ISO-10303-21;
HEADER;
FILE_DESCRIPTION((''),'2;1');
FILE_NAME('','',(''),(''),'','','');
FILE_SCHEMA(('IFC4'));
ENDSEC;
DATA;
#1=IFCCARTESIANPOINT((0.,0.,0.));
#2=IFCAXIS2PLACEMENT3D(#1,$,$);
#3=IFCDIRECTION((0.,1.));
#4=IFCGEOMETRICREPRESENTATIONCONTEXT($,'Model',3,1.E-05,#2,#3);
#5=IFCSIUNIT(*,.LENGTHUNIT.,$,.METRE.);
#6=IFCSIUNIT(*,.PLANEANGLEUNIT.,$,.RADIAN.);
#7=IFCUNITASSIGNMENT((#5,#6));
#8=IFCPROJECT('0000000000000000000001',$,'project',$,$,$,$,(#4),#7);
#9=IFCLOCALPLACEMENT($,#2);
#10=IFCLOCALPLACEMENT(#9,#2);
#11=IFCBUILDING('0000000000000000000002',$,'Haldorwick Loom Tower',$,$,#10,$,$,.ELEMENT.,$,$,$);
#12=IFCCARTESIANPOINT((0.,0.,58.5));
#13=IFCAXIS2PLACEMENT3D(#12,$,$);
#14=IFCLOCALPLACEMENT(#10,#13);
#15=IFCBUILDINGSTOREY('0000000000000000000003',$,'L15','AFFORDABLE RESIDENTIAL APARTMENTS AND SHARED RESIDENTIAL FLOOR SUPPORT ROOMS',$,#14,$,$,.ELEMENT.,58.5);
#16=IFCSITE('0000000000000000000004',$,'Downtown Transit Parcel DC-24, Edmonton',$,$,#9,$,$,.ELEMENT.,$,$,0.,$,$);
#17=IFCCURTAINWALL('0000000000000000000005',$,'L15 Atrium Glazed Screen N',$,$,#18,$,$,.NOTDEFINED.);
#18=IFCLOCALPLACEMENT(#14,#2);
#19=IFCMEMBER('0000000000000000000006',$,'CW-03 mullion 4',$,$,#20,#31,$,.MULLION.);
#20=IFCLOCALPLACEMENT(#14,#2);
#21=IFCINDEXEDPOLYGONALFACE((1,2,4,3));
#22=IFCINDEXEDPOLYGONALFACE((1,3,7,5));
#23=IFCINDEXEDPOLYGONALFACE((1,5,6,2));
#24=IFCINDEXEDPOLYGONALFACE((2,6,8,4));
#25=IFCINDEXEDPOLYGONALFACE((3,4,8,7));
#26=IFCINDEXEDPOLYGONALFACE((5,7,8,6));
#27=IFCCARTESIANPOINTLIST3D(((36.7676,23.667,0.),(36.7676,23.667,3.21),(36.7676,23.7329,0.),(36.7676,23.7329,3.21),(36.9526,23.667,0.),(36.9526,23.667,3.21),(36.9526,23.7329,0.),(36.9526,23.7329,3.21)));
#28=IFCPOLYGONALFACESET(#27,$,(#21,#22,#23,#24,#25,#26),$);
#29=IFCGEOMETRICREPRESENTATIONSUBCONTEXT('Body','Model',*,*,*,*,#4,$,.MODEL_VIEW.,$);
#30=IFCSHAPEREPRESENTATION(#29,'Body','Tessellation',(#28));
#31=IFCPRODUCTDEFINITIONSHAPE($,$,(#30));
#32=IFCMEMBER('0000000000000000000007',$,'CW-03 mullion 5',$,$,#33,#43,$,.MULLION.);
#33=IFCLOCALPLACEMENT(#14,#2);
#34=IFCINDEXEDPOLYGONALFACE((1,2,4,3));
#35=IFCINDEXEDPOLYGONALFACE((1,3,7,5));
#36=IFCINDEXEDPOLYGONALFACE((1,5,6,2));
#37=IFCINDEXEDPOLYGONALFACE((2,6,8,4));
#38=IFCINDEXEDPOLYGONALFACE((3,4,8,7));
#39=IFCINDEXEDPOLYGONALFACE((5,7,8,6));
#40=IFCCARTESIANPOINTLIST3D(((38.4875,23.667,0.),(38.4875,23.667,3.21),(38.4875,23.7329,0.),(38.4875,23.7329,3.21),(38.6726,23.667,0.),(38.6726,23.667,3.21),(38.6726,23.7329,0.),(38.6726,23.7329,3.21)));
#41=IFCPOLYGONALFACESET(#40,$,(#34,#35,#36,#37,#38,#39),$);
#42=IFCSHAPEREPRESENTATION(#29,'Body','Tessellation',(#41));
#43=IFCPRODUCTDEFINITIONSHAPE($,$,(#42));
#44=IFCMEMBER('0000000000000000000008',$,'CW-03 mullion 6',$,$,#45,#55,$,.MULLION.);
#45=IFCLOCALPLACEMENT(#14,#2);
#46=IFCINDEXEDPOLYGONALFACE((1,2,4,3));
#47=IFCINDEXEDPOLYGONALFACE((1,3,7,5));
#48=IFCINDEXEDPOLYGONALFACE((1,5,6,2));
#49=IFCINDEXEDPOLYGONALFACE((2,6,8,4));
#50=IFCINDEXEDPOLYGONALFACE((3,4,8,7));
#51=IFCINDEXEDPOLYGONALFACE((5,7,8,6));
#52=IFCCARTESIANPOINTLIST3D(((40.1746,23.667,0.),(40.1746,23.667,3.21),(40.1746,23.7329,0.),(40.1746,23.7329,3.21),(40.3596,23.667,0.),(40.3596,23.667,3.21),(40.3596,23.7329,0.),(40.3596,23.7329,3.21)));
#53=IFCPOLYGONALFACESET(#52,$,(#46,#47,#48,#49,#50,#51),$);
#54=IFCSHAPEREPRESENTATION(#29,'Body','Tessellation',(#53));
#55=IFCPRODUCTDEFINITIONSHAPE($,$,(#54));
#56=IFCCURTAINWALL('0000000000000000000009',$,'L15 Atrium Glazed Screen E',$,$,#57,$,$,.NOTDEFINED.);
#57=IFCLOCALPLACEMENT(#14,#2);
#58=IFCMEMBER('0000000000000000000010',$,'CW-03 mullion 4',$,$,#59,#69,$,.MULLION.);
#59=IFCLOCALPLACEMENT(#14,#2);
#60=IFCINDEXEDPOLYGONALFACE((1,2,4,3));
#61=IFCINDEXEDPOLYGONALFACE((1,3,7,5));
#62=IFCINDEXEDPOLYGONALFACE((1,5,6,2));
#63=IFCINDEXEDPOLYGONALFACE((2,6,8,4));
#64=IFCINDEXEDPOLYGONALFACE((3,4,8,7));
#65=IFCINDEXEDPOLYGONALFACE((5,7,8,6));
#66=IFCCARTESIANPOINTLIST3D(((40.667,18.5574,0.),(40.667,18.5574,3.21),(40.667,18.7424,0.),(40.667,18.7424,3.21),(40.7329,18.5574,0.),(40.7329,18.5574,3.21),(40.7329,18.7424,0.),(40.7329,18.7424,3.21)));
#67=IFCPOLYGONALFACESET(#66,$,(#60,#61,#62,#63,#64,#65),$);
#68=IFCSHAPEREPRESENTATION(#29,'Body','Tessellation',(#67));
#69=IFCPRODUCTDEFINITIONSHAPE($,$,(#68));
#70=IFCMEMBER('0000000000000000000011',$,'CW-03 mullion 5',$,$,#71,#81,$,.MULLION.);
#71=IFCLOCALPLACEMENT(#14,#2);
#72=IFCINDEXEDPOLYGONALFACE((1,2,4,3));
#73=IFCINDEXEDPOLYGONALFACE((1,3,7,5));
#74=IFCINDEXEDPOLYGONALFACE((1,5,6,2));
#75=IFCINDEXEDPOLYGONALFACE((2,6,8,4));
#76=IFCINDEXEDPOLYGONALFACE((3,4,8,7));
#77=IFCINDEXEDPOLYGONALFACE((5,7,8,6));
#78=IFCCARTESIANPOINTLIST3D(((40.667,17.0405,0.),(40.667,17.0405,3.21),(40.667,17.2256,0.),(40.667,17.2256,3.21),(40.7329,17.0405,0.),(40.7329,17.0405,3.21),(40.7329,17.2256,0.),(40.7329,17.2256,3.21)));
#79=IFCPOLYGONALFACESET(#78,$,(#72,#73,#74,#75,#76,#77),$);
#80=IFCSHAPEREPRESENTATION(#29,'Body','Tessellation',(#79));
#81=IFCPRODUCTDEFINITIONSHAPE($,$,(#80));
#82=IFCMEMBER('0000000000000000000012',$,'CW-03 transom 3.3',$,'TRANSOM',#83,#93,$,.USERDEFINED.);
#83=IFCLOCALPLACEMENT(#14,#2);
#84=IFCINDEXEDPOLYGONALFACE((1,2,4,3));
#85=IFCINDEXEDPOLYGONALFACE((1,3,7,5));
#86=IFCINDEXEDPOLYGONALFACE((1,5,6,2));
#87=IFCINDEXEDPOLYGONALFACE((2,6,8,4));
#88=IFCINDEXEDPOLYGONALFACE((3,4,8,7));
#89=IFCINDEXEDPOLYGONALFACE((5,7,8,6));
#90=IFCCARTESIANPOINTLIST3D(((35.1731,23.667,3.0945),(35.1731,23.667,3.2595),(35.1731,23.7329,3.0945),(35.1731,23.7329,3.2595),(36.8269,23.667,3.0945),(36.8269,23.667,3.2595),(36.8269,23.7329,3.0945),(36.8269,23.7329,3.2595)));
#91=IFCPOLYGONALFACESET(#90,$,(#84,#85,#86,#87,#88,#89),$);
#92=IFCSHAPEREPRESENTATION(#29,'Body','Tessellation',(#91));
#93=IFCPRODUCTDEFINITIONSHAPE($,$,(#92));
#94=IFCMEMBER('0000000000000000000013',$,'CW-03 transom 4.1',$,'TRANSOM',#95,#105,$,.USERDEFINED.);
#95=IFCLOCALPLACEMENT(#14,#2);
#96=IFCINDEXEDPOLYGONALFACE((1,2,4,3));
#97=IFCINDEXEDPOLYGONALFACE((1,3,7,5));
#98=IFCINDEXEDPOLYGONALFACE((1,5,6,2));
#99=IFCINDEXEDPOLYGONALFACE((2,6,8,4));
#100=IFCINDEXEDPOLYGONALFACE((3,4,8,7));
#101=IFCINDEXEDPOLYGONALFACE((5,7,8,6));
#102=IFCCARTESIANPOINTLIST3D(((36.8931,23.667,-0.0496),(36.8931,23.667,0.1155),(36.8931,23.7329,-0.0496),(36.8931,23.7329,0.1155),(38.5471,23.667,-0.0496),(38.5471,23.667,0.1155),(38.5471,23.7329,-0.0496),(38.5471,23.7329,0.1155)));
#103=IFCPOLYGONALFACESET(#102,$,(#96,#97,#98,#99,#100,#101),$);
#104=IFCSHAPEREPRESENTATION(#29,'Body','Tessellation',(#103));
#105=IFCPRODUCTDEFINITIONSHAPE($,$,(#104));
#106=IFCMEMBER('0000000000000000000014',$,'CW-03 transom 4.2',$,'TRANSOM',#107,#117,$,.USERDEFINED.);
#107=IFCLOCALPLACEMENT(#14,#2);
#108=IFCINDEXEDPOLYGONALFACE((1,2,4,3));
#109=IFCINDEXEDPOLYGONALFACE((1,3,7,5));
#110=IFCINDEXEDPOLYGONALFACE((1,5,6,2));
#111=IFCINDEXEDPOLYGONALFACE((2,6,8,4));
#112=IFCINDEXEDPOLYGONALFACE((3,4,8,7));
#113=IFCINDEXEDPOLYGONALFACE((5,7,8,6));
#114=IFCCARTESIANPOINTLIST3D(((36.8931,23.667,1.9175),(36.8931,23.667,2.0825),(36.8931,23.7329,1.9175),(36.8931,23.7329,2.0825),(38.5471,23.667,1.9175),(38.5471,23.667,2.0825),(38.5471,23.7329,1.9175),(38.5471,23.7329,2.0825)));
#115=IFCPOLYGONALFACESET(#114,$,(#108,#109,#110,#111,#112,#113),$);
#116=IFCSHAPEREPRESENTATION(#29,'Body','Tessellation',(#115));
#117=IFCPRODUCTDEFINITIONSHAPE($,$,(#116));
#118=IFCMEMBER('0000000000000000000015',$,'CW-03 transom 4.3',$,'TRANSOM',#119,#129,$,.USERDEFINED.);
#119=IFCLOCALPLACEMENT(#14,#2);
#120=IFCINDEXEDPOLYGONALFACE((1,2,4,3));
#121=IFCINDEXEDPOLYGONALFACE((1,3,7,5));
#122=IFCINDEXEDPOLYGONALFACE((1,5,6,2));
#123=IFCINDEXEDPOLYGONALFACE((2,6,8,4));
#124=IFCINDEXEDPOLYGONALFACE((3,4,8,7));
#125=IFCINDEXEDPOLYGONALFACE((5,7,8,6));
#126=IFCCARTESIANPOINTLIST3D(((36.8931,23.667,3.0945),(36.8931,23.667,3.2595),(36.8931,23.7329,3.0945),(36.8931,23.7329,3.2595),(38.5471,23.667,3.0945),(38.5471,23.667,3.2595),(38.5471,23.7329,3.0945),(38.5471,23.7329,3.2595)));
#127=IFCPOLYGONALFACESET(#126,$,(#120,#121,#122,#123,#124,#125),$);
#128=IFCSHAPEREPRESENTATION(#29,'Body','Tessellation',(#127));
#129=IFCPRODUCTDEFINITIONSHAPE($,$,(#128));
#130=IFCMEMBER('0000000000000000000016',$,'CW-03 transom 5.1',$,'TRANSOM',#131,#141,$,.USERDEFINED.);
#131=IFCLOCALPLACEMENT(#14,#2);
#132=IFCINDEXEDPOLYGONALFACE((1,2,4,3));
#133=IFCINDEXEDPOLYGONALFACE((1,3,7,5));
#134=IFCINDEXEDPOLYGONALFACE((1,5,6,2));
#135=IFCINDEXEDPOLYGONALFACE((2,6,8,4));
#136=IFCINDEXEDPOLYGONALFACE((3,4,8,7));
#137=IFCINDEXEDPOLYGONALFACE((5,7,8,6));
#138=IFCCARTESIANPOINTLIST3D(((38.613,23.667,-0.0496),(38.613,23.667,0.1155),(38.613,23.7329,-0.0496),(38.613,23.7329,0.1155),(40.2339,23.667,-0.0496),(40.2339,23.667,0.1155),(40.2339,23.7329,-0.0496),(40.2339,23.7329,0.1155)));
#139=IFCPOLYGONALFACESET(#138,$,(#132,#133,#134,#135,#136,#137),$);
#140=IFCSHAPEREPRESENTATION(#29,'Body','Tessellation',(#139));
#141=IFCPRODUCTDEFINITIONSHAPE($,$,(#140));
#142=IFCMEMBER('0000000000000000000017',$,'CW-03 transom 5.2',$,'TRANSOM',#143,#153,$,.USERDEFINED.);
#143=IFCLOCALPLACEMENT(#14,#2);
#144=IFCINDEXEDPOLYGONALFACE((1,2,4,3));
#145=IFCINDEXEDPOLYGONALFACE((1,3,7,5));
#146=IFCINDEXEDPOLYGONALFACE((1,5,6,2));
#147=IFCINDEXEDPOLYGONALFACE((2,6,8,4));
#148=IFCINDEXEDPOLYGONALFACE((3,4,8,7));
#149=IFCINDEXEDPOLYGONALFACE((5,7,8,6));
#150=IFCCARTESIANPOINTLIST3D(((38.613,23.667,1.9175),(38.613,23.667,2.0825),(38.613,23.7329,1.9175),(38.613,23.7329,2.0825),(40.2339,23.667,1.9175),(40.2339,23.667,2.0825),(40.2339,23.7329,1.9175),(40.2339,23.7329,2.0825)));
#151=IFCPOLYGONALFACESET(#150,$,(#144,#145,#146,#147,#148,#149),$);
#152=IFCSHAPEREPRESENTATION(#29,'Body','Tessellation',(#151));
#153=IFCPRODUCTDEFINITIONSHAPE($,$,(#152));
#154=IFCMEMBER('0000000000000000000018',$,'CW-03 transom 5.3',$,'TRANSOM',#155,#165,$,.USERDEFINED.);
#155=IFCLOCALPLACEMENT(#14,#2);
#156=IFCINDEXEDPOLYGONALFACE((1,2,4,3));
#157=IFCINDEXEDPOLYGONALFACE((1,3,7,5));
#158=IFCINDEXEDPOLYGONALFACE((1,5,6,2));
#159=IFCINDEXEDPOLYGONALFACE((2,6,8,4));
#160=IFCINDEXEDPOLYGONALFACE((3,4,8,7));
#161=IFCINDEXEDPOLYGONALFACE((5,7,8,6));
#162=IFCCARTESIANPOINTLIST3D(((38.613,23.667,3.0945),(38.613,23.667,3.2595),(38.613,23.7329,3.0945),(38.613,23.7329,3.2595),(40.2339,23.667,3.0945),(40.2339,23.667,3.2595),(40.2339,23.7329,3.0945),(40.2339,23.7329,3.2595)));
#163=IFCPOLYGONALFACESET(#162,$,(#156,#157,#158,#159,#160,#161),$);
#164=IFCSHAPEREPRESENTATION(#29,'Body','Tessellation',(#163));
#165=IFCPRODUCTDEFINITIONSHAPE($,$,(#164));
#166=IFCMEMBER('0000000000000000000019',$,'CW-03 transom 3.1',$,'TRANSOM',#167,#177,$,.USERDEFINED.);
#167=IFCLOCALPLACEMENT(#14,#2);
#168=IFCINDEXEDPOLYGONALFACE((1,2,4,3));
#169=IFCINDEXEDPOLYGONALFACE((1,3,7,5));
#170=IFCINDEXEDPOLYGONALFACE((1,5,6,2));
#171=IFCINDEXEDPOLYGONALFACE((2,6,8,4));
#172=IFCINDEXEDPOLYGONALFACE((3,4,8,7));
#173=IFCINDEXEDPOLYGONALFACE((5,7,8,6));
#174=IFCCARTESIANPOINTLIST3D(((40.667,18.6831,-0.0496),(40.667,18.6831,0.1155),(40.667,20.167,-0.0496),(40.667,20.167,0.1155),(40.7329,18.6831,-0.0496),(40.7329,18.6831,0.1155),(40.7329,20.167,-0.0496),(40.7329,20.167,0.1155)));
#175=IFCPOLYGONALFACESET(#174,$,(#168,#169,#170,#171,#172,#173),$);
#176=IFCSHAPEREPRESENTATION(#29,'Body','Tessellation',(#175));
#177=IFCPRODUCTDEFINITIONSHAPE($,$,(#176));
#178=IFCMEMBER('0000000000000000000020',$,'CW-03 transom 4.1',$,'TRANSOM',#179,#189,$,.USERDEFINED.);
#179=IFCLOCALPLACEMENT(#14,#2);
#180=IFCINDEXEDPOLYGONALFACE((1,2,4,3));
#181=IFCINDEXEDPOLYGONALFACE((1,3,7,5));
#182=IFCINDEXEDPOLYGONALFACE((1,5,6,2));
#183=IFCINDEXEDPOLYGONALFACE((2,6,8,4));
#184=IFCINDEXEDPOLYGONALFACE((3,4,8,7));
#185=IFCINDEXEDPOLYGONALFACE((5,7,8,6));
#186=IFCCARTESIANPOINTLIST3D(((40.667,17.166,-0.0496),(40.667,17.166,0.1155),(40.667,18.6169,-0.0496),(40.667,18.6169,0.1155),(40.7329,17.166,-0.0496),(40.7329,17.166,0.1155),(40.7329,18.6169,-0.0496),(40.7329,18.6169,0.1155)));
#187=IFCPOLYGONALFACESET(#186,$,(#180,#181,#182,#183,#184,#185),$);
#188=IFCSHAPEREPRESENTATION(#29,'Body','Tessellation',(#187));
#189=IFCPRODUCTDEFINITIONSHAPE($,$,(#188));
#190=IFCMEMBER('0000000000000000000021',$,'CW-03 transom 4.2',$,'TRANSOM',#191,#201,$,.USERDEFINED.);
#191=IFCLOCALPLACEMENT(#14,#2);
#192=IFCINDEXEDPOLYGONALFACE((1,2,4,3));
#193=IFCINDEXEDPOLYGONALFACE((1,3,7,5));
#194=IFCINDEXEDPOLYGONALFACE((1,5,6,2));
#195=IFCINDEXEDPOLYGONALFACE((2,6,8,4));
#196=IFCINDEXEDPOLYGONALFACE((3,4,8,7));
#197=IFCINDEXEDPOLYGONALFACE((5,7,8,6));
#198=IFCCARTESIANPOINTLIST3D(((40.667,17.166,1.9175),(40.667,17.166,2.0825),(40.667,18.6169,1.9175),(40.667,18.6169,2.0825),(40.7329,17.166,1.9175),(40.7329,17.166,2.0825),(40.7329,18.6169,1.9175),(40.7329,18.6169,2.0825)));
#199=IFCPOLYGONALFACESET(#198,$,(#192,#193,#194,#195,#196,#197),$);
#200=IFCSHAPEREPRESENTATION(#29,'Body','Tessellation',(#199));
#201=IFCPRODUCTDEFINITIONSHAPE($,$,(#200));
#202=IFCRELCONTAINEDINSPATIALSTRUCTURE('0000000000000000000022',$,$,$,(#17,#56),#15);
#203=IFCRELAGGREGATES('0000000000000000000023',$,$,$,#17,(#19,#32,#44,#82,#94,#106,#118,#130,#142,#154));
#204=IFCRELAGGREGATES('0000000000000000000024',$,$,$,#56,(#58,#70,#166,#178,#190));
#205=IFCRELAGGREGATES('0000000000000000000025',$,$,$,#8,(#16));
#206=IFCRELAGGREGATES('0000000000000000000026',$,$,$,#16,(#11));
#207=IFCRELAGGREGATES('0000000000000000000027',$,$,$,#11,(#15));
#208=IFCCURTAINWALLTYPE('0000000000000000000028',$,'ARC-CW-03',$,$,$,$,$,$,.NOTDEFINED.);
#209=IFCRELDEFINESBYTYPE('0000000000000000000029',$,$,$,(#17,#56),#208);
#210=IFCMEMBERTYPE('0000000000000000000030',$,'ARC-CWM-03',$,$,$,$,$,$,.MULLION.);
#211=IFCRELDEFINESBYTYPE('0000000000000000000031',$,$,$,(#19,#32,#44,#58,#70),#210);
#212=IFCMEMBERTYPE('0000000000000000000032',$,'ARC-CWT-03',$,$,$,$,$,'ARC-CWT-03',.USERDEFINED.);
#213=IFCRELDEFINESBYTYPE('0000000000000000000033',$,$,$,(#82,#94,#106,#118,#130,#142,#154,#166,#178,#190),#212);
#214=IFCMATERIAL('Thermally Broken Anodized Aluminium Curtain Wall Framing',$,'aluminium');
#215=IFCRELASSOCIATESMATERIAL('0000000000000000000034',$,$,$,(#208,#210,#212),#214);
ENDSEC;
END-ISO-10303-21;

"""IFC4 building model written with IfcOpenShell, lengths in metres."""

from ifc_helpers import new_model, si_unit, direction, frame, origin, origin_2d, place, context, subcontext, project, spatial, rectangle, extrude, material, material_profile, profile_set, type_object, element, aggregate, save


model = new_model("IFC4")

# Units and contexts
model_context = context("Model", 3, precision=1e-05, world=origin(), true_north=direction((0.0, 1.0)))
body_context = subcontext(model_context, "Body", "Model", "MODEL_VIEW")
ifc_project = project(units=[si_unit("LENGTHUNIT", "METRE"), si_unit("PLANEANGLEUNIT", "RADIAN")], contexts=[model_context])

# Site, building, storey
site_placement = place(None, origin())
site = spatial("IfcSite", under=ifc_project, at=site_placement, Name="Downtown Transit Parcel DC-24, Edmonton", CompositionType="ELEMENT", RefElevation=0.0)
building_placement = place(site_placement, origin())
building = spatial("IfcBuilding", under=site, at=building_placement, Name="Haldorwick Loom Tower", CompositionType="ELEMENT")
storey_placement = place(building_placement, frame((0.0, 0.0, 58.5)))
storey = spatial("IfcBuildingStorey", under=building, at=storey_placement, Name="L15", Description="AFFORDABLE RESIDENTIAL APARTMENTS AND SHARED RESIDENTIAL FLOOR SUPPORT ROOMS", CompositionType="ELEMENT", Elevation=58.5)

# Curtain walls, members
ifc_material_1 = material(Name="Thermally Broken Anodized Aluminium Curtain Wall Framing", Category="aluminium")
curtain_wall_type = type_object("IfcCurtainWallType", Name="ARC-CW-03", PredefinedType="NOTDEFINED", material=ifc_material_1)
curtain_wall_1_placement = place(storey_placement, origin())
curtain_wall_1 = element("IfcCurtainWall", 1, at=curtain_wall_1_placement, inside=storey, type_object=curtain_wall_type, Name="L15 Atrium Glazed Screen N", PredefinedType="NOTDEFINED")
ifc_material_profile_1 = material_profile(ifc_material_1, rectangle(XDim=0.0659, YDim=0.1851, at=origin_2d()), Name="ALU_MUL_66X185", Category="aluminium")
ifc_profile_set_1 = profile_set([ifc_material_profile_1], Name="Thermally Broken Anodized Aluminium Curtain Wall Framing")
member_type_1 = type_object("IfcMemberType", Name="ARC-CWM-03", PredefinedType="MULLION", material=ifc_profile_set_1)
member_1_placement = place(storey_placement, frame((36.8601, 23.7, 0.0), z_axis=(0.0, 0.0, 1.0), x_axis=(0.0, 1.0, 0.0)))
member_1 = element("IfcMember", 2, at=member_1_placement, type_object=member_type_1, Name="CW-03 mullion 4", PredefinedType="MULLION", context=body_context, shape_type="SweptSolid", body=[
    extrude(rectangle(XDim=0.0659, YDim=0.1851, at=origin_2d()), origin(), (0.0, 0.0, 1.0), 3.21),
])
member_2_placement = place(storey_placement, frame((38.5801, 23.7, 0.0), z_axis=(0.0, 0.0, 1.0), x_axis=(0.0, 1.0, 0.0)))
member_2 = element("IfcMember", 3, at=member_2_placement, type_object=member_type_1, Name="CW-03 mullion 5", PredefinedType="MULLION", context=body_context, shape_type="SweptSolid", body=[
    extrude(rectangle(XDim=0.0659, YDim=0.1851, at=origin_2d()), origin(), (0.0, 0.0, 1.0), 3.21),
])
member_3_placement = place(storey_placement, frame((40.2671, 23.7, 0.0), z_axis=(0.0, 0.0, 1.0), x_axis=(0.0, 1.0, 0.0)))
member_3 = element("IfcMember", 4, at=member_3_placement, type_object=member_type_1, Name="CW-03 mullion 6", PredefinedType="MULLION", context=body_context, shape_type="SweptSolid", body=[
    extrude(rectangle(XDim=0.0659, YDim=0.1851, at=origin_2d()), origin(), (0.0, 0.0, 1.0), 3.21),
])
curtain_wall_2_placement = place(storey_placement, origin())
curtain_wall_2 = element("IfcCurtainWall", 5, at=curtain_wall_2_placement, inside=storey, type_object=curtain_wall_type, Name="L15 Atrium Glazed Screen E", PredefinedType="NOTDEFINED")
member_4_placement = place(storey_placement, frame((40.7, 18.6499, 0.0), z_axis=(0.0, 0.0, 1.0), x_axis=(1.0, 0.0, 0.0)))
member_4 = element("IfcMember", 6, at=member_4_placement, type_object=member_type_1, Name="CW-03 mullion 4", PredefinedType="MULLION", context=body_context, shape_type="SweptSolid", body=[
    extrude(rectangle(XDim=0.0659, YDim=0.1851, at=origin_2d()), origin(), (0.0, 0.0, 1.0), 3.21),
])
member_5_placement = place(storey_placement, frame((40.7, 17.1331, 0.0), z_axis=(0.0, 0.0, 1.0), x_axis=(1.0, 0.0, 0.0)))
member_5 = element("IfcMember", 7, at=member_5_placement, type_object=member_type_1, Name="CW-03 mullion 5", PredefinedType="MULLION", context=body_context, shape_type="SweptSolid", body=[
    extrude(rectangle(XDim=0.0659, YDim=0.1851, at=origin_2d()), origin(), (0.0, 0.0, 1.0), 3.21),
])

# Members
ifc_material_profile_2 = material_profile(ifc_material_1, rectangle(XDim=0.0659, YDim=0.165, at=origin_2d()), Name="ALU_TRN_66X165", Category="aluminium")
ifc_profile_set_2 = profile_set([ifc_material_profile_2], Name="Thermally Broken Anodized Aluminium Curtain Wall Framing")
member_type_2 = type_object("IfcMemberType", Name="ARC-CWT-03", ElementType="ARC-CWT-03", PredefinedType="USERDEFINED", material=ifc_profile_set_2)
member_6_placement = place(storey_placement, frame((35.1731, 23.7, 3.177), z_axis=(1.0, 0.0, 0.0), x_axis=(0.0, 1.0, 0.0)))
member_6 = element("IfcMember", 8, at=member_6_placement, type_object=member_type_2, Name="CW-03 transom 3.3", ObjectType="TRANSOM", PredefinedType="USERDEFINED", context=body_context, shape_type="SweptSolid", body=[
    extrude(rectangle(XDim=0.0659, YDim=0.165, at=origin_2d()), origin(), (0.0, 0.0, 1.0), 1.6538),
])
member_7_placement = place(storey_placement, frame((36.8931, 23.7, 0.033), z_axis=(1.0, 0.0, 0.0), x_axis=(0.0, 1.0, 0.0)))
member_7 = element("IfcMember", 9, at=member_7_placement, type_object=member_type_2, Name="CW-03 transom 4.1", ObjectType="TRANSOM", PredefinedType="USERDEFINED", context=body_context, shape_type="SweptSolid", body=[
    extrude(rectangle(XDim=0.0659, YDim=0.165, at=origin_2d()), origin(), (0.0, 0.0, 1.0), 1.6541),
])
member_8_placement = place(storey_placement, frame((36.8931, 23.7, 2.0), z_axis=(1.0, 0.0, 0.0), x_axis=(0.0, 1.0, 0.0)))
member_8 = element("IfcMember", 10, at=member_8_placement, type_object=member_type_2, Name="CW-03 transom 4.2", ObjectType="TRANSOM", PredefinedType="USERDEFINED", context=body_context, shape_type="SweptSolid", body=[
    extrude(rectangle(XDim=0.0659, YDim=0.165, at=origin_2d()), origin(), (0.0, 0.0, 1.0), 1.6541),
])
member_9_placement = place(storey_placement, frame((36.8931, 23.7, 3.177), z_axis=(1.0, 0.0, 0.0), x_axis=(0.0, 1.0, 0.0)))
member_9 = element("IfcMember", 11, at=member_9_placement, type_object=member_type_2, Name="CW-03 transom 4.3", ObjectType="TRANSOM", PredefinedType="USERDEFINED", context=body_context, shape_type="SweptSolid", body=[
    extrude(rectangle(XDim=0.0659, YDim=0.165, at=origin_2d()), origin(), (0.0, 0.0, 1.0), 1.6541),
])
member_10_placement = place(storey_placement, frame((38.613, 23.7, 0.033), z_axis=(1.0, 0.0, 0.0), x_axis=(0.0, 1.0, 0.0)))
member_10 = element("IfcMember", 12, at=member_10_placement, type_object=member_type_2, Name="CW-03 transom 5.1", ObjectType="TRANSOM", PredefinedType="USERDEFINED", context=body_context, shape_type="SweptSolid", body=[
    extrude(rectangle(XDim=0.0659, YDim=0.165, at=origin_2d()), origin(), (0.0, 0.0, 1.0), 1.6208),
])
member_11_placement = place(storey_placement, frame((38.613, 23.7, 2.0), z_axis=(1.0, 0.0, 0.0), x_axis=(0.0, 1.0, 0.0)))
member_11 = element("IfcMember", 13, at=member_11_placement, type_object=member_type_2, Name="CW-03 transom 5.2", ObjectType="TRANSOM", PredefinedType="USERDEFINED", context=body_context, shape_type="SweptSolid", body=[
    extrude(rectangle(XDim=0.0659, YDim=0.165, at=origin_2d()), origin(), (0.0, 0.0, 1.0), 1.6208),
])
member_12_placement = place(storey_placement, frame((38.613, 23.7, 3.177), z_axis=(1.0, 0.0, 0.0), x_axis=(0.0, 1.0, 0.0)))
member_12 = element("IfcMember", 14, at=member_12_placement, type_object=member_type_2, Name="CW-03 transom 5.3", ObjectType="TRANSOM", PredefinedType="USERDEFINED", context=body_context, shape_type="SweptSolid", body=[
    extrude(rectangle(XDim=0.0659, YDim=0.165, at=origin_2d()), origin(), (0.0, 0.0, 1.0), 1.6208),
])
member_13_placement = place(storey_placement, frame((40.7, 20.167, 0.033), z_axis=(0.0, -1.0, 0.0), x_axis=(1.0, 0.0, 0.0)))
member_13 = element("IfcMember", 15, at=member_13_placement, type_object=member_type_2, Name="CW-03 transom 3.1", ObjectType="TRANSOM", PredefinedType="USERDEFINED", context=body_context, shape_type="SweptSolid", body=[
    extrude(rectangle(XDim=0.0659, YDim=0.165, at=origin_2d()), origin(), (0.0, 0.0, 1.0), 1.4839),
])
member_14_placement = place(storey_placement, frame((40.7, 18.6169, 0.033), z_axis=(0.0, -1.0, 0.0), x_axis=(1.0, 0.0, 0.0)))
member_14 = element("IfcMember", 16, at=member_14_placement, type_object=member_type_2, Name="CW-03 transom 4.1", ObjectType="TRANSOM", PredefinedType="USERDEFINED", context=body_context, shape_type="SweptSolid", body=[
    extrude(rectangle(XDim=0.0659, YDim=0.165, at=origin_2d()), origin(), (0.0, 0.0, 1.0), 1.4509),
])
member_15_placement = place(storey_placement, frame((40.7, 18.6169, 2.0), z_axis=(0.0, -1.0, 0.0), x_axis=(1.0, 0.0, 0.0)))
member_15 = element("IfcMember", 17, at=member_15_placement, type_object=member_type_2, Name="CW-03 transom 4.2", ObjectType="TRANSOM", PredefinedType="USERDEFINED", context=body_context, shape_type="SweptSolid", body=[
    extrude(rectangle(XDim=0.0659, YDim=0.165, at=origin_2d()), origin(), (0.0, 0.0, 1.0), 1.4509),
])

aggregate(curtain_wall_1, [member_1, member_2, member_3, member_6, member_7, member_8, member_9, member_10, member_11, member_12])
aggregate(curtain_wall_2, [member_4, member_5, member_13, member_14, member_15])

save(model, "model.ifc")
